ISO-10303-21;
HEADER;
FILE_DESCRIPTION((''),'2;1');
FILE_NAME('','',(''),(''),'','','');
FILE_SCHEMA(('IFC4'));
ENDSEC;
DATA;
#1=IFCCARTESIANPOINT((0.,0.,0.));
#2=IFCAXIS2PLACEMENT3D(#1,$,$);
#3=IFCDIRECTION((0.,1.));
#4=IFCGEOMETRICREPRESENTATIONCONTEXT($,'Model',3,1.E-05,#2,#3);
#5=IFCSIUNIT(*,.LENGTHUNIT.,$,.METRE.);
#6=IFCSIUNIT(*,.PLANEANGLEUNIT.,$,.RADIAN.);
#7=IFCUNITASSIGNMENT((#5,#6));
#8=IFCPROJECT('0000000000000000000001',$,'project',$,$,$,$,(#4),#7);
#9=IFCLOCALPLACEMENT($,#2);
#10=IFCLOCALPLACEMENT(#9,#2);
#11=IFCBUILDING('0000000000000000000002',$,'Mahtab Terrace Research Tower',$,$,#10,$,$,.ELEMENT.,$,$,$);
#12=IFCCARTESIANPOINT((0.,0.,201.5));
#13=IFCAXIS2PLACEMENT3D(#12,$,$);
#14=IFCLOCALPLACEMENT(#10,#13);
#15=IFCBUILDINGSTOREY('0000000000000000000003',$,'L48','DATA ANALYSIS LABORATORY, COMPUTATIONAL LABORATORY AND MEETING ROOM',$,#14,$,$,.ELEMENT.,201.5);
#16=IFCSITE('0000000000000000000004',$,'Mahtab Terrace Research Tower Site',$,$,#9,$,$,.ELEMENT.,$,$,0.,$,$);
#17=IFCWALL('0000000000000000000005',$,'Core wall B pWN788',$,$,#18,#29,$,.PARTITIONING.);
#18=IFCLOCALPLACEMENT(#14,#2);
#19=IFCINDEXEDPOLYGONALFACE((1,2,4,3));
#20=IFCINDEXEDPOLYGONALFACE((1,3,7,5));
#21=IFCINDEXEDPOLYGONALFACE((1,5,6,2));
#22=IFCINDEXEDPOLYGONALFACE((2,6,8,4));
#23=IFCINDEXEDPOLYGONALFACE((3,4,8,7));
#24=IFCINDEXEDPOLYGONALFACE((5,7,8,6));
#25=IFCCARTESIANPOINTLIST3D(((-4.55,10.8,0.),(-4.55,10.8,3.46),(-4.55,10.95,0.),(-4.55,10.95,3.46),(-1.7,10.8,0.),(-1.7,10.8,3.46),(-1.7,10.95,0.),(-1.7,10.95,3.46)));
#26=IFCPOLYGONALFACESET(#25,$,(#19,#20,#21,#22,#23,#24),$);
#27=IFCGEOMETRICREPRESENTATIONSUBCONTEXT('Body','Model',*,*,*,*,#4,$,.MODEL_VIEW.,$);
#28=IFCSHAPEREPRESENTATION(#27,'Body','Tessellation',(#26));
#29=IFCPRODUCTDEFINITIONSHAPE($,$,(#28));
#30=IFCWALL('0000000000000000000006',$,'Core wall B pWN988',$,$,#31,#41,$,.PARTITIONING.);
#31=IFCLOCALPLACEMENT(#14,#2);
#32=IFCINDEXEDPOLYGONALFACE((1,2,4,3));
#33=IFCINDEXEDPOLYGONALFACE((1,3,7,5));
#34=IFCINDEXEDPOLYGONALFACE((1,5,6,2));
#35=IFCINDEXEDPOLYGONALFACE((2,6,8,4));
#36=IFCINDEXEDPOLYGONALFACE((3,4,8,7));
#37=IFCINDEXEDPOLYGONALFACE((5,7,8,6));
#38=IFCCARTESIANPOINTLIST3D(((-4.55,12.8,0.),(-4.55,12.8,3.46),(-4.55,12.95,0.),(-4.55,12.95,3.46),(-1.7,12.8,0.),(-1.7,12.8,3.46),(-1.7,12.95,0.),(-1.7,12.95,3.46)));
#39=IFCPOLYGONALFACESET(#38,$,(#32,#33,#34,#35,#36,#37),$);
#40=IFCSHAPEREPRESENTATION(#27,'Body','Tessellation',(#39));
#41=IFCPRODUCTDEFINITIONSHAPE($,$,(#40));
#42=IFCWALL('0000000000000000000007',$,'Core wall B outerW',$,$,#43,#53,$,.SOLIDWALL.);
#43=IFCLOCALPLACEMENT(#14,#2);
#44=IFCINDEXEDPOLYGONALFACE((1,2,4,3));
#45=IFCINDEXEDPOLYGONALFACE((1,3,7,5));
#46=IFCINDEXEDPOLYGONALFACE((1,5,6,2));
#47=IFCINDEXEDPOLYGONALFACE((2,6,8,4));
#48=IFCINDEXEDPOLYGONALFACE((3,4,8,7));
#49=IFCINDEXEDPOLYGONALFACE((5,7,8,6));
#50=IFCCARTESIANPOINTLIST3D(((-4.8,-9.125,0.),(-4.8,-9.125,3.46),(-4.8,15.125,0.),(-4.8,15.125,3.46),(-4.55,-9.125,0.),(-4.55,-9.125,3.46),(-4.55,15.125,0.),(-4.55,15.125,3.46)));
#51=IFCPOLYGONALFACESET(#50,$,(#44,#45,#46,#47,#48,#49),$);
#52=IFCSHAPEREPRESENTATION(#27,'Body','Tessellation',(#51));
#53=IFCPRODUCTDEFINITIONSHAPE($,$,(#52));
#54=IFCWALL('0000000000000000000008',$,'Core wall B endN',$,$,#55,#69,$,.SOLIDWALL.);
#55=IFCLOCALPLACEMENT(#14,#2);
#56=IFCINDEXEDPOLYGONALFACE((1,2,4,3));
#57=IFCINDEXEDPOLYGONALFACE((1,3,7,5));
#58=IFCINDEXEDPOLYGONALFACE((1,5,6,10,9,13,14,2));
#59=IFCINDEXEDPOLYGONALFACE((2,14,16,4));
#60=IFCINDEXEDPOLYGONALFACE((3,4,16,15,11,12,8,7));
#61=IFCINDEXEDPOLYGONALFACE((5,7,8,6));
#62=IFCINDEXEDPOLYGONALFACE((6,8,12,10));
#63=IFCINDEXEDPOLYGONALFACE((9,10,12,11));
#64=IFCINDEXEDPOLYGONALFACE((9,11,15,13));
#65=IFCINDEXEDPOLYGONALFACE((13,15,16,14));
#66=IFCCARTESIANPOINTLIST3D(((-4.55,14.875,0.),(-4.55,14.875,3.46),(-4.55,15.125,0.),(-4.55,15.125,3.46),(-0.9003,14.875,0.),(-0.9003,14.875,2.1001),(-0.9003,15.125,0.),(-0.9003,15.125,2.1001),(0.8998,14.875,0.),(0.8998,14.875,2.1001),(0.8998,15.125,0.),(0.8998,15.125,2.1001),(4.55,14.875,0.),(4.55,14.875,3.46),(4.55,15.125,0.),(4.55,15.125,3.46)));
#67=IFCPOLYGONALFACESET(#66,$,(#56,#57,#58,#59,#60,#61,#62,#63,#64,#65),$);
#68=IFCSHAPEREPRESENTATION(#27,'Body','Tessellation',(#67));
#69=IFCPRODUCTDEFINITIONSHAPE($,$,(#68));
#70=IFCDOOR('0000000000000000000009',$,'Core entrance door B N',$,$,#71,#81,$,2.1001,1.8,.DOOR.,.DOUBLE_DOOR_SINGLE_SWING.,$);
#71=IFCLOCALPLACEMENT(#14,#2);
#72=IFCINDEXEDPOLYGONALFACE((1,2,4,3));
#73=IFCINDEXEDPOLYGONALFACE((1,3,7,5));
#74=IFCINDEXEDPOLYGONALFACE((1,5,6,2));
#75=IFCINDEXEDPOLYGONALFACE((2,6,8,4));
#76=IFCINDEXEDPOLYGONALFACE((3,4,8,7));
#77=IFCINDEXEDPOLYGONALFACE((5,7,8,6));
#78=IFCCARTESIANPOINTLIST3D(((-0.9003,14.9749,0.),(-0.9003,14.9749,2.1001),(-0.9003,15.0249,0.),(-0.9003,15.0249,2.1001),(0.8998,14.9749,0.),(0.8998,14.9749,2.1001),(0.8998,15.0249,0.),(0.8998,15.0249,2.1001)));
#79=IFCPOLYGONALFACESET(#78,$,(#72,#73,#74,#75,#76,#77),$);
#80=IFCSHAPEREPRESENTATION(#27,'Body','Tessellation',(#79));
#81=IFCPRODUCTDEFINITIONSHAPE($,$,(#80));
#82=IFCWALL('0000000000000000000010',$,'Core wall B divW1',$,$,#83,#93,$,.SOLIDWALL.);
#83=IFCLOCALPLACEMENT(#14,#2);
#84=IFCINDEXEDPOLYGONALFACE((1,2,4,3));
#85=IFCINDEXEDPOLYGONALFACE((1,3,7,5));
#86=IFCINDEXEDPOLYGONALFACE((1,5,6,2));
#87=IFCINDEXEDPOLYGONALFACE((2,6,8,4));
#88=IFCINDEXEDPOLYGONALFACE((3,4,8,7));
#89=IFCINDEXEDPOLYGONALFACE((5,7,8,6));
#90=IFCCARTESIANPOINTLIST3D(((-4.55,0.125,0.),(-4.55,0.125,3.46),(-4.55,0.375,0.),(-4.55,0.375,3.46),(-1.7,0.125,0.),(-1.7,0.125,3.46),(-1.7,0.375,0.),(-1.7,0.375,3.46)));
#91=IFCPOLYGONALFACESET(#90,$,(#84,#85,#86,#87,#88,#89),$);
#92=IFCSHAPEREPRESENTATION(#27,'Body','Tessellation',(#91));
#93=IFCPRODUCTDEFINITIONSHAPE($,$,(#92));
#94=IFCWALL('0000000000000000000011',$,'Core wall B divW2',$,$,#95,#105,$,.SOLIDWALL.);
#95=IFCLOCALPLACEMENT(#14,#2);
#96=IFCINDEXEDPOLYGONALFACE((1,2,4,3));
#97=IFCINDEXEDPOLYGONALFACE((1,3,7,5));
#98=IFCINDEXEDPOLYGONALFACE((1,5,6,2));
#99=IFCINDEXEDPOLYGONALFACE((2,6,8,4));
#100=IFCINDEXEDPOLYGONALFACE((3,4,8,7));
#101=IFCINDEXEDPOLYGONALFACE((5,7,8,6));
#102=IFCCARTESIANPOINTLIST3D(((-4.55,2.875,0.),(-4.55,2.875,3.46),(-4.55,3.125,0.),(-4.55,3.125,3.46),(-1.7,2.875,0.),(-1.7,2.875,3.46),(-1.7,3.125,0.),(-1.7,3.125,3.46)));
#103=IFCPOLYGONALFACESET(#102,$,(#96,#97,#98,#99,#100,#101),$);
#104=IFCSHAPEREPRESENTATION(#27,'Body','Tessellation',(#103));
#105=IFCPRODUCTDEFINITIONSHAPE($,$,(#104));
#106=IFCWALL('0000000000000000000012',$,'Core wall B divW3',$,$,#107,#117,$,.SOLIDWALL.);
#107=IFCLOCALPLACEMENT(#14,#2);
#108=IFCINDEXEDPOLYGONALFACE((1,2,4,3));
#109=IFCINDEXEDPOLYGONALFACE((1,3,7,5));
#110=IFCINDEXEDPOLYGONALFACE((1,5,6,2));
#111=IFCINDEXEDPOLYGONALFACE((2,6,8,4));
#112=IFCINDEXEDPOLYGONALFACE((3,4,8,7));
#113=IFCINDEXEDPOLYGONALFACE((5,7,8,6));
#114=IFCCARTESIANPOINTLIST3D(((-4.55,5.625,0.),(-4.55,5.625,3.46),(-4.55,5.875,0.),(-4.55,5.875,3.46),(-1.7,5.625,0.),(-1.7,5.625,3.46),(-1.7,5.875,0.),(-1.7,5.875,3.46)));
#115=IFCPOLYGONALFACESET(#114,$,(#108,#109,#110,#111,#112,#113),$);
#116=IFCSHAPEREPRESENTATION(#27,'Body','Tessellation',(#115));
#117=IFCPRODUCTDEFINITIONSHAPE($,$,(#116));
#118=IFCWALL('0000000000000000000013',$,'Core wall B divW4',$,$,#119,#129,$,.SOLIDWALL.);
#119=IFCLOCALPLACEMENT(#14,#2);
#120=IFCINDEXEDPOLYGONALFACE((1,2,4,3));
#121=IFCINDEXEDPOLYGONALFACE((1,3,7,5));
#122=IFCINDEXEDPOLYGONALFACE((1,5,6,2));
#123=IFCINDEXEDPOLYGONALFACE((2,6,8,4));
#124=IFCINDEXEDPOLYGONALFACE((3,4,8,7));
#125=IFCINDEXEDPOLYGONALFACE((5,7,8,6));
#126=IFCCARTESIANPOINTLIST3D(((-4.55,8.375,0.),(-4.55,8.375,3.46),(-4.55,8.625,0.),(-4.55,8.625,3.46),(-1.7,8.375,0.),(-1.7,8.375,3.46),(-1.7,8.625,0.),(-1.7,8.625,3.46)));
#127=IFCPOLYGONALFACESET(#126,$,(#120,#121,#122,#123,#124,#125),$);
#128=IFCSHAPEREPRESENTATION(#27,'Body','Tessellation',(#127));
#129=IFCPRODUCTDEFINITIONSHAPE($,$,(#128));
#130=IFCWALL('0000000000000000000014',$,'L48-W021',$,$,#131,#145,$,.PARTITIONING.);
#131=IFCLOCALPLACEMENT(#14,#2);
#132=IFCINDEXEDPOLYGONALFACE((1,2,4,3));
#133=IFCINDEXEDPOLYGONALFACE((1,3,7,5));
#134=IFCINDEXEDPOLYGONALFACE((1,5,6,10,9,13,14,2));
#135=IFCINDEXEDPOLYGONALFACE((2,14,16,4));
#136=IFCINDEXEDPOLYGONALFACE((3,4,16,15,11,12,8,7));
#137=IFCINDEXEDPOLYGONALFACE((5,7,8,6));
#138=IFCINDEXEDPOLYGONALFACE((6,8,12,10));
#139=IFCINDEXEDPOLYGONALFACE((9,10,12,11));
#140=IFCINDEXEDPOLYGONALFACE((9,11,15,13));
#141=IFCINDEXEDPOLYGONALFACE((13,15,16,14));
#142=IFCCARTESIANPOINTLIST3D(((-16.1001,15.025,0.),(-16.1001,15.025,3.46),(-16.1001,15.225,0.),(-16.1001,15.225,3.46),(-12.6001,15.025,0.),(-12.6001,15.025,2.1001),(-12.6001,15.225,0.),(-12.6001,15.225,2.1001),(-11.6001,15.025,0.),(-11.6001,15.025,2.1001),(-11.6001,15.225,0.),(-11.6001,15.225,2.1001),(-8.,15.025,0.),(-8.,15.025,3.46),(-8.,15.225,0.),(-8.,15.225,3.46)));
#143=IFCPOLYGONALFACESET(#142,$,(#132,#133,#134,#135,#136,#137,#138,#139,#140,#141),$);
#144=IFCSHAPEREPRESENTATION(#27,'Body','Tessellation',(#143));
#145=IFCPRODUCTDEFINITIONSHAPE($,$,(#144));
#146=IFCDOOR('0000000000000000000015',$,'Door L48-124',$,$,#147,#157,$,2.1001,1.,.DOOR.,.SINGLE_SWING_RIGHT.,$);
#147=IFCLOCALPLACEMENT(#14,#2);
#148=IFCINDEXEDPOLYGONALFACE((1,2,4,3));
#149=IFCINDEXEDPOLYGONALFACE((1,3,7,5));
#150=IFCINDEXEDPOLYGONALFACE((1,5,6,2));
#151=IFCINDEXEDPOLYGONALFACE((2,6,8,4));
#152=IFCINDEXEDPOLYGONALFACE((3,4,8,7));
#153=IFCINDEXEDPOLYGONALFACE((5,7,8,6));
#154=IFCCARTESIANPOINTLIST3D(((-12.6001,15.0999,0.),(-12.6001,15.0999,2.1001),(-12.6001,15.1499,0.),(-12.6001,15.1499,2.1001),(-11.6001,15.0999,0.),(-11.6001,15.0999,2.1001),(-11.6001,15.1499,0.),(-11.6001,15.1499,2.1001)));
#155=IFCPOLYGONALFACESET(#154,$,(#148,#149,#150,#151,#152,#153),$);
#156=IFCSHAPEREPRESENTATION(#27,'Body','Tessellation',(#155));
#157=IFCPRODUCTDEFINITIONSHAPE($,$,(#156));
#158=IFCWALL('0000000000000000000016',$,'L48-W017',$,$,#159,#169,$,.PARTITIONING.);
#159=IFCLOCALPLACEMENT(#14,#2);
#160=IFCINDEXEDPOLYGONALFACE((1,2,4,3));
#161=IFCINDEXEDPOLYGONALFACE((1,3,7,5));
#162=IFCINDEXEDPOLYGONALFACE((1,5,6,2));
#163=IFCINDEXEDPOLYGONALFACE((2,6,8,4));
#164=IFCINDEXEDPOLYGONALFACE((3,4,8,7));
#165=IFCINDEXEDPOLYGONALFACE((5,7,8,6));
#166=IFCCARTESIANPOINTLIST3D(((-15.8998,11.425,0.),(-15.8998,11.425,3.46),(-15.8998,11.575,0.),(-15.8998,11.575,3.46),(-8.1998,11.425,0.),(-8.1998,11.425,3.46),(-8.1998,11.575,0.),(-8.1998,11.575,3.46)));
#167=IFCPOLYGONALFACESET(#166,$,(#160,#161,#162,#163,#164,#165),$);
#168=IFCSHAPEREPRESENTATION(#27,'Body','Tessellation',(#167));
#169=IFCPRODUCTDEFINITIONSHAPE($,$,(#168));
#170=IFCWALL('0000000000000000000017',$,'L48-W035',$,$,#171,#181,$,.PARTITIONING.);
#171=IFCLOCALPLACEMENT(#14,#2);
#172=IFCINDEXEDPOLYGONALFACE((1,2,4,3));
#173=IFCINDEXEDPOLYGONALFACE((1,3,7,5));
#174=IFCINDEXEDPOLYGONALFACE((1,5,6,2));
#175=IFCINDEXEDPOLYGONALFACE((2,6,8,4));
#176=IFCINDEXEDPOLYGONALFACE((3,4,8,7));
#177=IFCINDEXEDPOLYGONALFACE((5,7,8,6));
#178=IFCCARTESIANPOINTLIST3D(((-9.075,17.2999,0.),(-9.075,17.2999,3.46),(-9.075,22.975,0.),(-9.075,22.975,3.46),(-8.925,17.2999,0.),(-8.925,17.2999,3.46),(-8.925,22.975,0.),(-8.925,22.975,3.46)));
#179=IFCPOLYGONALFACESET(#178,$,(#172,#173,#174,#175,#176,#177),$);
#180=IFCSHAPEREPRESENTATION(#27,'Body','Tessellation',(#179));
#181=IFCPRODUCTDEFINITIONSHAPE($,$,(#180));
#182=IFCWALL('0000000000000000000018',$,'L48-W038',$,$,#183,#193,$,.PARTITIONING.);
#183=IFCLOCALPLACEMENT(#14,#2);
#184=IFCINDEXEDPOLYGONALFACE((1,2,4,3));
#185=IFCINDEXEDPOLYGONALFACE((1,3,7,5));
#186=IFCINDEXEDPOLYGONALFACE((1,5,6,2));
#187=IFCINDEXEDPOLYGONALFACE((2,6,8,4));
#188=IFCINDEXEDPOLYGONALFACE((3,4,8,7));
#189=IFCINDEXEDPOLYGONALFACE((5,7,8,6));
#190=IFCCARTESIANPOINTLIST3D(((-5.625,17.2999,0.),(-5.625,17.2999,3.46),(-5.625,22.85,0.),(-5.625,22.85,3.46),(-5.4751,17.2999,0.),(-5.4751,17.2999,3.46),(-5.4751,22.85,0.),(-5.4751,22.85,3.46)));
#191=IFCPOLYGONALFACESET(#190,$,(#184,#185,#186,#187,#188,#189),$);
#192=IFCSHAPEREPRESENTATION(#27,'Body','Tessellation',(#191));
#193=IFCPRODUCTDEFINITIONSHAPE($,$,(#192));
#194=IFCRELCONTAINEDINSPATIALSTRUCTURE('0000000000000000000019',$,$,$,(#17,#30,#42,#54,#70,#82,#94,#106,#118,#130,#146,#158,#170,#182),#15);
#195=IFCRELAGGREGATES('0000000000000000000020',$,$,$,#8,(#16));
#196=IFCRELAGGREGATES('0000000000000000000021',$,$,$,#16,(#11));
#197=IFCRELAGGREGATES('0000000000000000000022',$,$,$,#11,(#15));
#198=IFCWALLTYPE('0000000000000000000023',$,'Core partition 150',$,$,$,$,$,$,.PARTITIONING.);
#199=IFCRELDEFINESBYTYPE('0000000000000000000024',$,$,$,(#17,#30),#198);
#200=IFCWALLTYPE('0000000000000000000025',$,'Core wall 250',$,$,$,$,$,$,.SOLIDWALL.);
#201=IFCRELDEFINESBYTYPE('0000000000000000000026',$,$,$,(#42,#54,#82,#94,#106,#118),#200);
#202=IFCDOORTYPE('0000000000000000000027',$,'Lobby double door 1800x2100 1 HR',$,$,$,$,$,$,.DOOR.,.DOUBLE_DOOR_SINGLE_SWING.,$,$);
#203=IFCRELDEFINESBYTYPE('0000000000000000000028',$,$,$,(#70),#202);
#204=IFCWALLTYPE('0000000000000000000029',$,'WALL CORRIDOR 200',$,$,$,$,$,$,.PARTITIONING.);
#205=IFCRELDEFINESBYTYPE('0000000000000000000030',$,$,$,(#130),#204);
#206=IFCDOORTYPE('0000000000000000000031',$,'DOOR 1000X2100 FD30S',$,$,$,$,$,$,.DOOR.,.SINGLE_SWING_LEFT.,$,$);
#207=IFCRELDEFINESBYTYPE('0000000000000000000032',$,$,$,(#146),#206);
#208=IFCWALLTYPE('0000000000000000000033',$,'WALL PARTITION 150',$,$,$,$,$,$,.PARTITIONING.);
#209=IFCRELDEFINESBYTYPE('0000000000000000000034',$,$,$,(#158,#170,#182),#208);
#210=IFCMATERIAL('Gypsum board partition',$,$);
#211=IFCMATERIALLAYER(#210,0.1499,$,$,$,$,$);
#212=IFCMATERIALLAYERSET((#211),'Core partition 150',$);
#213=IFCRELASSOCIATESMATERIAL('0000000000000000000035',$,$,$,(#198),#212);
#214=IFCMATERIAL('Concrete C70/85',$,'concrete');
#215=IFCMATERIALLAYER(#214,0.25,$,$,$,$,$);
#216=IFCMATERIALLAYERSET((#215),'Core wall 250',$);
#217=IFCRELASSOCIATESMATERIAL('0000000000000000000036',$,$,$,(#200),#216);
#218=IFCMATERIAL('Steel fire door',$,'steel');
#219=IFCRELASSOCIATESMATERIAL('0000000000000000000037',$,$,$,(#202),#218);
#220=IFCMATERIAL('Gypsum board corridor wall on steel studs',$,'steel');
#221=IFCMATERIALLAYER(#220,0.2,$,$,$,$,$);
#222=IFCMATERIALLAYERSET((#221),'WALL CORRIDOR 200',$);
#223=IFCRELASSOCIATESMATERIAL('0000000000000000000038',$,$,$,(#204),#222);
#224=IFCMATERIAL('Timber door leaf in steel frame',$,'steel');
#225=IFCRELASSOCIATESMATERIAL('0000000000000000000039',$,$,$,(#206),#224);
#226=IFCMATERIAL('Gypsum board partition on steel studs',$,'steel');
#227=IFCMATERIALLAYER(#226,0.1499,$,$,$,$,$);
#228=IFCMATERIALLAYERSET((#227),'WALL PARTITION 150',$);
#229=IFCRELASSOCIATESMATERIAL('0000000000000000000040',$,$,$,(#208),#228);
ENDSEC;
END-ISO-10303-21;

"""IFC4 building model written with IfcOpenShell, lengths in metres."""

from ifc_helpers import new_model, si_unit, direction, frame, frame_2d, origin, place, context, subcontext, project, spatial, rectangle, extrude, material, layer, layer_set, type_object, element, fill, save


model = new_model("IFC4")

# Units and contexts
model_context = context("Model", 3, precision=1e-05, world=origin(), true_north=direction((0.0, 1.0)))
body_context = subcontext(model_context, "Body", "Model", "MODEL_VIEW")
ifc_project = project(units=[si_unit("LENGTHUNIT", "METRE"), si_unit("PLANEANGLEUNIT", "RADIAN")], contexts=[model_context])

# Site, building, storey
site_placement = place(None, origin())
site = spatial("IfcSite", under=ifc_project, at=site_placement, Name="Mahtab Terrace Research Tower Site", CompositionType="ELEMENT", RefElevation=0.0)
building_placement = place(site_placement, origin())
building = spatial("IfcBuilding", under=site, at=building_placement, Name="Mahtab Terrace Research Tower", CompositionType="ELEMENT")
storey_placement = place(building_placement, frame((0.0, 0.0, 201.5)))
storey = spatial("IfcBuildingStorey", under=building, at=storey_placement, Name="L48", Description="DATA ANALYSIS LABORATORY, COMPUTATIONAL LABORATORY AND MEETING ROOM", CompositionType="ELEMENT", Elevation=201.5)

# Shared definitions
ifc_material_1 = material(Name="Concrete C70/85", Category="concrete")

# Walls
ifc_material_2 = material(Name="Gypsum board partition")
ifc_layer_1 = layer(ifc_material_2, 0.1499)
ifc_layer_set_1 = layer_set([ifc_layer_1], Name="Core partition 150")
wall_type_1 = type_object("IfcWallType", Name="Core partition 150", PredefinedType="PARTITIONING", material=ifc_layer_set_1)
for number, where, z_axis, x_axis, name in (
    (1, (-4.55, 10.875, 0.0), (0.0, 0.0, 1.0), (1.0, 0.0, 0.0), "Core wall B pWN788"),
    (2, (-4.55, 12.875, 0.0), (0.0, 0.0, 1.0), (1.0, 0.0, 0.0), "Core wall B pWN988"),
):
    element("IfcWall", number, at=place(storey_placement, frame(where, z_axis=z_axis, x_axis=x_axis)), inside=storey, type_object=wall_type_1, Name=name, PredefinedType="PARTITIONING", context=body_context, shape_type="SweptSolid", body=[
        extrude(rectangle(XDim=2.8501, YDim=0.1499, at=frame_2d((1.425, 0.0))), origin(), (0.0, 0.0, 1.0), 3.46),
    ])
ifc_layer_2 = layer(ifc_material_1, 0.25)
ifc_layer_set_2 = layer_set([ifc_layer_2], Name="Core wall 250")
wall_type_2 = type_object("IfcWallType", Name="Core wall 250", PredefinedType="SOLIDWALL", material=ifc_layer_set_2)
wall_1_placement = place(storey_placement, frame((-4.675, 15.125, 0.0), z_axis=(0.0, 0.0, 1.0), x_axis=(0.0, -1.0, 0.0)))
element("IfcWall", 3, at=wall_1_placement, inside=storey, type_object=wall_type_2, Name="Core wall B outerW", PredefinedType="SOLIDWALL", context=body_context, shape_type="SweptSolid", body=[
    extrude(rectangle(XDim=24.25, YDim=0.25, at=frame_2d((12.125, 0.0))), origin(), (0.0, 0.0, 1.0), 3.46),
])

# Wall, opening, door
wall_2_placement = place(storey_placement, frame((-4.55, 15.0, 0.0), z_axis=(0.0, 0.0, 1.0), x_axis=(1.0, 0.0, 0.0)))
wall_2 = element("IfcWall", 4, at=wall_2_placement, inside=storey, type_object=wall_type_2, Name="Core wall B endN", PredefinedType="SOLIDWALL", context=body_context, shape_type="SweptSolid", body=[
    extrude(rectangle(XDim=9.1001, YDim=0.25, at=frame_2d((4.55, 0.0))), origin(), (0.0, 0.0, 1.0), 3.46),
])
opening_1_placement = place(wall_2_placement, frame((3.6499, 0.0, 0.0)))
opening_1 = element("IfcOpeningElement", 5, at=opening_1_placement, cuts=wall_2, PredefinedType="OPENING", context=body_context, shape_type="SweptSolid", body=[
    extrude(rectangle(XDim=1.8, YDim=2.1001, at=frame_2d((0.8999, 1.05))), frame((0.0, 0.135, 0.0), z_axis=(0.0, -1.0, 0.0), x_axis=(1.0, 0.0, 0.0)), (0.0, 0.0, 1.0), 0.27),
])
ifc_material_3 = material(Name="Steel fire door", Category="steel")
door_type_1 = type_object("IfcDoorType", Name="Lobby double door 1800x2100 1 HR", OperationType="DOUBLE_DOOR_SINGLE_SWING", PredefinedType="DOOR", material=ifc_material_3)
door_1_placement = place(opening_1_placement, origin())
door_1 = element("IfcDoor", 6, at=door_1_placement, inside=storey, type_object=door_type_1, Name="Core entrance door B N", OperationType="DOUBLE_DOOR_SINGLE_SWING", OverallHeight=2.1001, OverallWidth=1.8, PredefinedType="DOOR", context=body_context, shape_type="SweptSolid", body=[
    extrude(rectangle(XDim=1.8, YDim=2.1001, at=frame_2d((0.8999, 1.05))), frame((0.0, 0.0249, 0.0), z_axis=(0.0, -1.0, 0.0), x_axis=(1.0, 0.0, 0.0)), (0.0, 0.0, 1.0), 0.05),
])
fill(opening_1, door_1)

# Walls
for number, where, z_axis, x_axis, name in (
    (7, (-4.55, 0.25, 0.0), (0.0, 0.0, 1.0), (1.0, 0.0, 0.0), "Core wall B divW1"),
    (8, (-4.55, 3.0, 0.0), (0.0, 0.0, 1.0), (1.0, 0.0, 0.0), "Core wall B divW2"),
    (9, (-4.55, 5.75, 0.0), (0.0, 0.0, 1.0), (1.0, 0.0, 0.0), "Core wall B divW3"),
    (10, (-4.55, 8.5, 0.0), (0.0, 0.0, 1.0), (1.0, 0.0, 0.0), "Core wall B divW4"),
):
    element("IfcWall", number, at=place(storey_placement, frame(where, z_axis=z_axis, x_axis=x_axis)), inside=storey, type_object=wall_type_2, Name=name, PredefinedType="SOLIDWALL", context=body_context, shape_type="SweptSolid", body=[
        extrude(rectangle(XDim=2.8501, YDim=0.25, at=frame_2d((1.425, 0.0))), origin(), (0.0, 0.0, 1.0), 3.46),
    ])

# Wall, opening, door
ifc_material_4 = material(Name="Gypsum board corridor wall on steel studs", Category="steel")
ifc_layer_3 = layer(ifc_material_4, 0.2)
ifc_layer_set_3 = layer_set([ifc_layer_3], Name="WALL CORRIDOR 200")
wall_type_3 = type_object("IfcWallType", Name="WALL CORRIDOR 200", PredefinedType="PARTITIONING", material=ifc_layer_set_3)
wall_3_placement = place(storey_placement, frame((-16.1001, 15.125, 0.0), z_axis=(0.0, 0.0, 1.0), x_axis=(1.0, 0.0, 0.0)))
wall_3 = element("IfcWall", 11, at=wall_3_placement, inside=storey, type_object=wall_type_3, Name="L48-W021", PredefinedType="PARTITIONING", context=body_context, shape_type="SweptSolid", body=[
    extrude(rectangle(XDim=8.1001, YDim=0.2, at=frame_2d((4.05, 0.0))), origin(), (0.0, 0.0, 1.0), 3.46),
])
opening_2_placement = place(wall_3_placement, frame((3.5, 0.0, 0.0)))
opening_2 = element("IfcOpeningElement", 12, at=opening_2_placement, cuts=wall_3, PredefinedType="OPENING", context=body_context, shape_type="SweptSolid", body=[
    extrude(rectangle(XDim=1.0, YDim=2.1001, at=frame_2d((0.5, 1.05))), frame((0.0, 0.1099, 0.0), z_axis=(0.0, -1.0, 0.0), x_axis=(1.0, 0.0, 0.0)), (0.0, 0.0, 1.0), 0.22),
])
ifc_material_5 = material(Name="Timber door leaf in steel frame", Category="steel")
door_type_2 = type_object("IfcDoorType", Name="DOOR 1000X2100 FD30S", OperationType="SINGLE_SWING_LEFT", PredefinedType="DOOR", material=ifc_material_5)
door_2_placement = place(opening_2_placement, origin())
door_2 = element("IfcDoor", 13, at=door_2_placement, inside=storey, type_object=door_type_2, Name="Door L48-124", OperationType="SINGLE_SWING_RIGHT", OverallHeight=2.1001, OverallWidth=1.0, PredefinedType="DOOR", context=body_context, shape_type="SweptSolid", body=[
    extrude(rectangle(XDim=1.0, YDim=2.1001, at=frame_2d((0.5, 1.05))), frame((0.0, 0.0249, 0.0), z_axis=(0.0, -1.0, 0.0), x_axis=(1.0, 0.0, 0.0)), (0.0, 0.0, 1.0), 0.05),
])
fill(opening_2, door_2)

# Walls
ifc_material_6 = material(Name="Gypsum board partition on steel studs", Category="steel")
ifc_layer_4 = layer(ifc_material_6, 0.1499)
ifc_layer_set_4 = layer_set([ifc_layer_4], Name="WALL PARTITION 150")
wall_type_4 = type_object("IfcWallType", Name="WALL PARTITION 150", PredefinedType="PARTITIONING", material=ifc_layer_set_4)
wall_4_placement = place(storey_placement, frame((-15.8999, 11.5, 0.0), z_axis=(0.0, 0.0, 1.0), x_axis=(1.0, 0.0, 0.0)))
element("IfcWall", 14, at=wall_4_placement, inside=storey, type_object=wall_type_4, Name="L48-W017", PredefinedType="PARTITIONING", context=body_context, shape_type="SweptSolid", body=[
    extrude(rectangle(XDim=7.7, YDim=0.1499, at=frame_2d((3.8501, 0.0))), origin(), (0.0, 0.0, 1.0), 3.46),
])
wall_5_placement = place(storey_placement, frame((-9.0, 17.3, 0.0), z_axis=(0.0, 0.0, 1.0), x_axis=(0.0, 1.0, 0.0)))
element("IfcWall", 15, at=wall_5_placement, inside=storey, type_object=wall_type_4, Name="L48-W035", PredefinedType="PARTITIONING", context=body_context, shape_type="SweptSolid", body=[
    extrude(rectangle(XDim=5.675, YDim=0.1499, at=frame_2d((2.8374, 0.0))), origin(), (0.0, 0.0, 1.0), 3.46),
])
wall_6_placement = place(storey_placement, frame((-5.55, 17.3, 0.0), z_axis=(0.0, 0.0, 1.0), x_axis=(0.0, 1.0, 0.0)))
element("IfcWall", 16, at=wall_6_placement, inside=storey, type_object=wall_type_4, Name="L48-W038", PredefinedType="PARTITIONING", context=body_context, shape_type="SweptSolid", body=[
    extrude(rectangle(XDim=5.55, YDim=0.1499, at=frame_2d((2.7749, 0.0))), origin(), (0.0, 0.0, 1.0), 3.46),
])

save(model, "model.ifc")
